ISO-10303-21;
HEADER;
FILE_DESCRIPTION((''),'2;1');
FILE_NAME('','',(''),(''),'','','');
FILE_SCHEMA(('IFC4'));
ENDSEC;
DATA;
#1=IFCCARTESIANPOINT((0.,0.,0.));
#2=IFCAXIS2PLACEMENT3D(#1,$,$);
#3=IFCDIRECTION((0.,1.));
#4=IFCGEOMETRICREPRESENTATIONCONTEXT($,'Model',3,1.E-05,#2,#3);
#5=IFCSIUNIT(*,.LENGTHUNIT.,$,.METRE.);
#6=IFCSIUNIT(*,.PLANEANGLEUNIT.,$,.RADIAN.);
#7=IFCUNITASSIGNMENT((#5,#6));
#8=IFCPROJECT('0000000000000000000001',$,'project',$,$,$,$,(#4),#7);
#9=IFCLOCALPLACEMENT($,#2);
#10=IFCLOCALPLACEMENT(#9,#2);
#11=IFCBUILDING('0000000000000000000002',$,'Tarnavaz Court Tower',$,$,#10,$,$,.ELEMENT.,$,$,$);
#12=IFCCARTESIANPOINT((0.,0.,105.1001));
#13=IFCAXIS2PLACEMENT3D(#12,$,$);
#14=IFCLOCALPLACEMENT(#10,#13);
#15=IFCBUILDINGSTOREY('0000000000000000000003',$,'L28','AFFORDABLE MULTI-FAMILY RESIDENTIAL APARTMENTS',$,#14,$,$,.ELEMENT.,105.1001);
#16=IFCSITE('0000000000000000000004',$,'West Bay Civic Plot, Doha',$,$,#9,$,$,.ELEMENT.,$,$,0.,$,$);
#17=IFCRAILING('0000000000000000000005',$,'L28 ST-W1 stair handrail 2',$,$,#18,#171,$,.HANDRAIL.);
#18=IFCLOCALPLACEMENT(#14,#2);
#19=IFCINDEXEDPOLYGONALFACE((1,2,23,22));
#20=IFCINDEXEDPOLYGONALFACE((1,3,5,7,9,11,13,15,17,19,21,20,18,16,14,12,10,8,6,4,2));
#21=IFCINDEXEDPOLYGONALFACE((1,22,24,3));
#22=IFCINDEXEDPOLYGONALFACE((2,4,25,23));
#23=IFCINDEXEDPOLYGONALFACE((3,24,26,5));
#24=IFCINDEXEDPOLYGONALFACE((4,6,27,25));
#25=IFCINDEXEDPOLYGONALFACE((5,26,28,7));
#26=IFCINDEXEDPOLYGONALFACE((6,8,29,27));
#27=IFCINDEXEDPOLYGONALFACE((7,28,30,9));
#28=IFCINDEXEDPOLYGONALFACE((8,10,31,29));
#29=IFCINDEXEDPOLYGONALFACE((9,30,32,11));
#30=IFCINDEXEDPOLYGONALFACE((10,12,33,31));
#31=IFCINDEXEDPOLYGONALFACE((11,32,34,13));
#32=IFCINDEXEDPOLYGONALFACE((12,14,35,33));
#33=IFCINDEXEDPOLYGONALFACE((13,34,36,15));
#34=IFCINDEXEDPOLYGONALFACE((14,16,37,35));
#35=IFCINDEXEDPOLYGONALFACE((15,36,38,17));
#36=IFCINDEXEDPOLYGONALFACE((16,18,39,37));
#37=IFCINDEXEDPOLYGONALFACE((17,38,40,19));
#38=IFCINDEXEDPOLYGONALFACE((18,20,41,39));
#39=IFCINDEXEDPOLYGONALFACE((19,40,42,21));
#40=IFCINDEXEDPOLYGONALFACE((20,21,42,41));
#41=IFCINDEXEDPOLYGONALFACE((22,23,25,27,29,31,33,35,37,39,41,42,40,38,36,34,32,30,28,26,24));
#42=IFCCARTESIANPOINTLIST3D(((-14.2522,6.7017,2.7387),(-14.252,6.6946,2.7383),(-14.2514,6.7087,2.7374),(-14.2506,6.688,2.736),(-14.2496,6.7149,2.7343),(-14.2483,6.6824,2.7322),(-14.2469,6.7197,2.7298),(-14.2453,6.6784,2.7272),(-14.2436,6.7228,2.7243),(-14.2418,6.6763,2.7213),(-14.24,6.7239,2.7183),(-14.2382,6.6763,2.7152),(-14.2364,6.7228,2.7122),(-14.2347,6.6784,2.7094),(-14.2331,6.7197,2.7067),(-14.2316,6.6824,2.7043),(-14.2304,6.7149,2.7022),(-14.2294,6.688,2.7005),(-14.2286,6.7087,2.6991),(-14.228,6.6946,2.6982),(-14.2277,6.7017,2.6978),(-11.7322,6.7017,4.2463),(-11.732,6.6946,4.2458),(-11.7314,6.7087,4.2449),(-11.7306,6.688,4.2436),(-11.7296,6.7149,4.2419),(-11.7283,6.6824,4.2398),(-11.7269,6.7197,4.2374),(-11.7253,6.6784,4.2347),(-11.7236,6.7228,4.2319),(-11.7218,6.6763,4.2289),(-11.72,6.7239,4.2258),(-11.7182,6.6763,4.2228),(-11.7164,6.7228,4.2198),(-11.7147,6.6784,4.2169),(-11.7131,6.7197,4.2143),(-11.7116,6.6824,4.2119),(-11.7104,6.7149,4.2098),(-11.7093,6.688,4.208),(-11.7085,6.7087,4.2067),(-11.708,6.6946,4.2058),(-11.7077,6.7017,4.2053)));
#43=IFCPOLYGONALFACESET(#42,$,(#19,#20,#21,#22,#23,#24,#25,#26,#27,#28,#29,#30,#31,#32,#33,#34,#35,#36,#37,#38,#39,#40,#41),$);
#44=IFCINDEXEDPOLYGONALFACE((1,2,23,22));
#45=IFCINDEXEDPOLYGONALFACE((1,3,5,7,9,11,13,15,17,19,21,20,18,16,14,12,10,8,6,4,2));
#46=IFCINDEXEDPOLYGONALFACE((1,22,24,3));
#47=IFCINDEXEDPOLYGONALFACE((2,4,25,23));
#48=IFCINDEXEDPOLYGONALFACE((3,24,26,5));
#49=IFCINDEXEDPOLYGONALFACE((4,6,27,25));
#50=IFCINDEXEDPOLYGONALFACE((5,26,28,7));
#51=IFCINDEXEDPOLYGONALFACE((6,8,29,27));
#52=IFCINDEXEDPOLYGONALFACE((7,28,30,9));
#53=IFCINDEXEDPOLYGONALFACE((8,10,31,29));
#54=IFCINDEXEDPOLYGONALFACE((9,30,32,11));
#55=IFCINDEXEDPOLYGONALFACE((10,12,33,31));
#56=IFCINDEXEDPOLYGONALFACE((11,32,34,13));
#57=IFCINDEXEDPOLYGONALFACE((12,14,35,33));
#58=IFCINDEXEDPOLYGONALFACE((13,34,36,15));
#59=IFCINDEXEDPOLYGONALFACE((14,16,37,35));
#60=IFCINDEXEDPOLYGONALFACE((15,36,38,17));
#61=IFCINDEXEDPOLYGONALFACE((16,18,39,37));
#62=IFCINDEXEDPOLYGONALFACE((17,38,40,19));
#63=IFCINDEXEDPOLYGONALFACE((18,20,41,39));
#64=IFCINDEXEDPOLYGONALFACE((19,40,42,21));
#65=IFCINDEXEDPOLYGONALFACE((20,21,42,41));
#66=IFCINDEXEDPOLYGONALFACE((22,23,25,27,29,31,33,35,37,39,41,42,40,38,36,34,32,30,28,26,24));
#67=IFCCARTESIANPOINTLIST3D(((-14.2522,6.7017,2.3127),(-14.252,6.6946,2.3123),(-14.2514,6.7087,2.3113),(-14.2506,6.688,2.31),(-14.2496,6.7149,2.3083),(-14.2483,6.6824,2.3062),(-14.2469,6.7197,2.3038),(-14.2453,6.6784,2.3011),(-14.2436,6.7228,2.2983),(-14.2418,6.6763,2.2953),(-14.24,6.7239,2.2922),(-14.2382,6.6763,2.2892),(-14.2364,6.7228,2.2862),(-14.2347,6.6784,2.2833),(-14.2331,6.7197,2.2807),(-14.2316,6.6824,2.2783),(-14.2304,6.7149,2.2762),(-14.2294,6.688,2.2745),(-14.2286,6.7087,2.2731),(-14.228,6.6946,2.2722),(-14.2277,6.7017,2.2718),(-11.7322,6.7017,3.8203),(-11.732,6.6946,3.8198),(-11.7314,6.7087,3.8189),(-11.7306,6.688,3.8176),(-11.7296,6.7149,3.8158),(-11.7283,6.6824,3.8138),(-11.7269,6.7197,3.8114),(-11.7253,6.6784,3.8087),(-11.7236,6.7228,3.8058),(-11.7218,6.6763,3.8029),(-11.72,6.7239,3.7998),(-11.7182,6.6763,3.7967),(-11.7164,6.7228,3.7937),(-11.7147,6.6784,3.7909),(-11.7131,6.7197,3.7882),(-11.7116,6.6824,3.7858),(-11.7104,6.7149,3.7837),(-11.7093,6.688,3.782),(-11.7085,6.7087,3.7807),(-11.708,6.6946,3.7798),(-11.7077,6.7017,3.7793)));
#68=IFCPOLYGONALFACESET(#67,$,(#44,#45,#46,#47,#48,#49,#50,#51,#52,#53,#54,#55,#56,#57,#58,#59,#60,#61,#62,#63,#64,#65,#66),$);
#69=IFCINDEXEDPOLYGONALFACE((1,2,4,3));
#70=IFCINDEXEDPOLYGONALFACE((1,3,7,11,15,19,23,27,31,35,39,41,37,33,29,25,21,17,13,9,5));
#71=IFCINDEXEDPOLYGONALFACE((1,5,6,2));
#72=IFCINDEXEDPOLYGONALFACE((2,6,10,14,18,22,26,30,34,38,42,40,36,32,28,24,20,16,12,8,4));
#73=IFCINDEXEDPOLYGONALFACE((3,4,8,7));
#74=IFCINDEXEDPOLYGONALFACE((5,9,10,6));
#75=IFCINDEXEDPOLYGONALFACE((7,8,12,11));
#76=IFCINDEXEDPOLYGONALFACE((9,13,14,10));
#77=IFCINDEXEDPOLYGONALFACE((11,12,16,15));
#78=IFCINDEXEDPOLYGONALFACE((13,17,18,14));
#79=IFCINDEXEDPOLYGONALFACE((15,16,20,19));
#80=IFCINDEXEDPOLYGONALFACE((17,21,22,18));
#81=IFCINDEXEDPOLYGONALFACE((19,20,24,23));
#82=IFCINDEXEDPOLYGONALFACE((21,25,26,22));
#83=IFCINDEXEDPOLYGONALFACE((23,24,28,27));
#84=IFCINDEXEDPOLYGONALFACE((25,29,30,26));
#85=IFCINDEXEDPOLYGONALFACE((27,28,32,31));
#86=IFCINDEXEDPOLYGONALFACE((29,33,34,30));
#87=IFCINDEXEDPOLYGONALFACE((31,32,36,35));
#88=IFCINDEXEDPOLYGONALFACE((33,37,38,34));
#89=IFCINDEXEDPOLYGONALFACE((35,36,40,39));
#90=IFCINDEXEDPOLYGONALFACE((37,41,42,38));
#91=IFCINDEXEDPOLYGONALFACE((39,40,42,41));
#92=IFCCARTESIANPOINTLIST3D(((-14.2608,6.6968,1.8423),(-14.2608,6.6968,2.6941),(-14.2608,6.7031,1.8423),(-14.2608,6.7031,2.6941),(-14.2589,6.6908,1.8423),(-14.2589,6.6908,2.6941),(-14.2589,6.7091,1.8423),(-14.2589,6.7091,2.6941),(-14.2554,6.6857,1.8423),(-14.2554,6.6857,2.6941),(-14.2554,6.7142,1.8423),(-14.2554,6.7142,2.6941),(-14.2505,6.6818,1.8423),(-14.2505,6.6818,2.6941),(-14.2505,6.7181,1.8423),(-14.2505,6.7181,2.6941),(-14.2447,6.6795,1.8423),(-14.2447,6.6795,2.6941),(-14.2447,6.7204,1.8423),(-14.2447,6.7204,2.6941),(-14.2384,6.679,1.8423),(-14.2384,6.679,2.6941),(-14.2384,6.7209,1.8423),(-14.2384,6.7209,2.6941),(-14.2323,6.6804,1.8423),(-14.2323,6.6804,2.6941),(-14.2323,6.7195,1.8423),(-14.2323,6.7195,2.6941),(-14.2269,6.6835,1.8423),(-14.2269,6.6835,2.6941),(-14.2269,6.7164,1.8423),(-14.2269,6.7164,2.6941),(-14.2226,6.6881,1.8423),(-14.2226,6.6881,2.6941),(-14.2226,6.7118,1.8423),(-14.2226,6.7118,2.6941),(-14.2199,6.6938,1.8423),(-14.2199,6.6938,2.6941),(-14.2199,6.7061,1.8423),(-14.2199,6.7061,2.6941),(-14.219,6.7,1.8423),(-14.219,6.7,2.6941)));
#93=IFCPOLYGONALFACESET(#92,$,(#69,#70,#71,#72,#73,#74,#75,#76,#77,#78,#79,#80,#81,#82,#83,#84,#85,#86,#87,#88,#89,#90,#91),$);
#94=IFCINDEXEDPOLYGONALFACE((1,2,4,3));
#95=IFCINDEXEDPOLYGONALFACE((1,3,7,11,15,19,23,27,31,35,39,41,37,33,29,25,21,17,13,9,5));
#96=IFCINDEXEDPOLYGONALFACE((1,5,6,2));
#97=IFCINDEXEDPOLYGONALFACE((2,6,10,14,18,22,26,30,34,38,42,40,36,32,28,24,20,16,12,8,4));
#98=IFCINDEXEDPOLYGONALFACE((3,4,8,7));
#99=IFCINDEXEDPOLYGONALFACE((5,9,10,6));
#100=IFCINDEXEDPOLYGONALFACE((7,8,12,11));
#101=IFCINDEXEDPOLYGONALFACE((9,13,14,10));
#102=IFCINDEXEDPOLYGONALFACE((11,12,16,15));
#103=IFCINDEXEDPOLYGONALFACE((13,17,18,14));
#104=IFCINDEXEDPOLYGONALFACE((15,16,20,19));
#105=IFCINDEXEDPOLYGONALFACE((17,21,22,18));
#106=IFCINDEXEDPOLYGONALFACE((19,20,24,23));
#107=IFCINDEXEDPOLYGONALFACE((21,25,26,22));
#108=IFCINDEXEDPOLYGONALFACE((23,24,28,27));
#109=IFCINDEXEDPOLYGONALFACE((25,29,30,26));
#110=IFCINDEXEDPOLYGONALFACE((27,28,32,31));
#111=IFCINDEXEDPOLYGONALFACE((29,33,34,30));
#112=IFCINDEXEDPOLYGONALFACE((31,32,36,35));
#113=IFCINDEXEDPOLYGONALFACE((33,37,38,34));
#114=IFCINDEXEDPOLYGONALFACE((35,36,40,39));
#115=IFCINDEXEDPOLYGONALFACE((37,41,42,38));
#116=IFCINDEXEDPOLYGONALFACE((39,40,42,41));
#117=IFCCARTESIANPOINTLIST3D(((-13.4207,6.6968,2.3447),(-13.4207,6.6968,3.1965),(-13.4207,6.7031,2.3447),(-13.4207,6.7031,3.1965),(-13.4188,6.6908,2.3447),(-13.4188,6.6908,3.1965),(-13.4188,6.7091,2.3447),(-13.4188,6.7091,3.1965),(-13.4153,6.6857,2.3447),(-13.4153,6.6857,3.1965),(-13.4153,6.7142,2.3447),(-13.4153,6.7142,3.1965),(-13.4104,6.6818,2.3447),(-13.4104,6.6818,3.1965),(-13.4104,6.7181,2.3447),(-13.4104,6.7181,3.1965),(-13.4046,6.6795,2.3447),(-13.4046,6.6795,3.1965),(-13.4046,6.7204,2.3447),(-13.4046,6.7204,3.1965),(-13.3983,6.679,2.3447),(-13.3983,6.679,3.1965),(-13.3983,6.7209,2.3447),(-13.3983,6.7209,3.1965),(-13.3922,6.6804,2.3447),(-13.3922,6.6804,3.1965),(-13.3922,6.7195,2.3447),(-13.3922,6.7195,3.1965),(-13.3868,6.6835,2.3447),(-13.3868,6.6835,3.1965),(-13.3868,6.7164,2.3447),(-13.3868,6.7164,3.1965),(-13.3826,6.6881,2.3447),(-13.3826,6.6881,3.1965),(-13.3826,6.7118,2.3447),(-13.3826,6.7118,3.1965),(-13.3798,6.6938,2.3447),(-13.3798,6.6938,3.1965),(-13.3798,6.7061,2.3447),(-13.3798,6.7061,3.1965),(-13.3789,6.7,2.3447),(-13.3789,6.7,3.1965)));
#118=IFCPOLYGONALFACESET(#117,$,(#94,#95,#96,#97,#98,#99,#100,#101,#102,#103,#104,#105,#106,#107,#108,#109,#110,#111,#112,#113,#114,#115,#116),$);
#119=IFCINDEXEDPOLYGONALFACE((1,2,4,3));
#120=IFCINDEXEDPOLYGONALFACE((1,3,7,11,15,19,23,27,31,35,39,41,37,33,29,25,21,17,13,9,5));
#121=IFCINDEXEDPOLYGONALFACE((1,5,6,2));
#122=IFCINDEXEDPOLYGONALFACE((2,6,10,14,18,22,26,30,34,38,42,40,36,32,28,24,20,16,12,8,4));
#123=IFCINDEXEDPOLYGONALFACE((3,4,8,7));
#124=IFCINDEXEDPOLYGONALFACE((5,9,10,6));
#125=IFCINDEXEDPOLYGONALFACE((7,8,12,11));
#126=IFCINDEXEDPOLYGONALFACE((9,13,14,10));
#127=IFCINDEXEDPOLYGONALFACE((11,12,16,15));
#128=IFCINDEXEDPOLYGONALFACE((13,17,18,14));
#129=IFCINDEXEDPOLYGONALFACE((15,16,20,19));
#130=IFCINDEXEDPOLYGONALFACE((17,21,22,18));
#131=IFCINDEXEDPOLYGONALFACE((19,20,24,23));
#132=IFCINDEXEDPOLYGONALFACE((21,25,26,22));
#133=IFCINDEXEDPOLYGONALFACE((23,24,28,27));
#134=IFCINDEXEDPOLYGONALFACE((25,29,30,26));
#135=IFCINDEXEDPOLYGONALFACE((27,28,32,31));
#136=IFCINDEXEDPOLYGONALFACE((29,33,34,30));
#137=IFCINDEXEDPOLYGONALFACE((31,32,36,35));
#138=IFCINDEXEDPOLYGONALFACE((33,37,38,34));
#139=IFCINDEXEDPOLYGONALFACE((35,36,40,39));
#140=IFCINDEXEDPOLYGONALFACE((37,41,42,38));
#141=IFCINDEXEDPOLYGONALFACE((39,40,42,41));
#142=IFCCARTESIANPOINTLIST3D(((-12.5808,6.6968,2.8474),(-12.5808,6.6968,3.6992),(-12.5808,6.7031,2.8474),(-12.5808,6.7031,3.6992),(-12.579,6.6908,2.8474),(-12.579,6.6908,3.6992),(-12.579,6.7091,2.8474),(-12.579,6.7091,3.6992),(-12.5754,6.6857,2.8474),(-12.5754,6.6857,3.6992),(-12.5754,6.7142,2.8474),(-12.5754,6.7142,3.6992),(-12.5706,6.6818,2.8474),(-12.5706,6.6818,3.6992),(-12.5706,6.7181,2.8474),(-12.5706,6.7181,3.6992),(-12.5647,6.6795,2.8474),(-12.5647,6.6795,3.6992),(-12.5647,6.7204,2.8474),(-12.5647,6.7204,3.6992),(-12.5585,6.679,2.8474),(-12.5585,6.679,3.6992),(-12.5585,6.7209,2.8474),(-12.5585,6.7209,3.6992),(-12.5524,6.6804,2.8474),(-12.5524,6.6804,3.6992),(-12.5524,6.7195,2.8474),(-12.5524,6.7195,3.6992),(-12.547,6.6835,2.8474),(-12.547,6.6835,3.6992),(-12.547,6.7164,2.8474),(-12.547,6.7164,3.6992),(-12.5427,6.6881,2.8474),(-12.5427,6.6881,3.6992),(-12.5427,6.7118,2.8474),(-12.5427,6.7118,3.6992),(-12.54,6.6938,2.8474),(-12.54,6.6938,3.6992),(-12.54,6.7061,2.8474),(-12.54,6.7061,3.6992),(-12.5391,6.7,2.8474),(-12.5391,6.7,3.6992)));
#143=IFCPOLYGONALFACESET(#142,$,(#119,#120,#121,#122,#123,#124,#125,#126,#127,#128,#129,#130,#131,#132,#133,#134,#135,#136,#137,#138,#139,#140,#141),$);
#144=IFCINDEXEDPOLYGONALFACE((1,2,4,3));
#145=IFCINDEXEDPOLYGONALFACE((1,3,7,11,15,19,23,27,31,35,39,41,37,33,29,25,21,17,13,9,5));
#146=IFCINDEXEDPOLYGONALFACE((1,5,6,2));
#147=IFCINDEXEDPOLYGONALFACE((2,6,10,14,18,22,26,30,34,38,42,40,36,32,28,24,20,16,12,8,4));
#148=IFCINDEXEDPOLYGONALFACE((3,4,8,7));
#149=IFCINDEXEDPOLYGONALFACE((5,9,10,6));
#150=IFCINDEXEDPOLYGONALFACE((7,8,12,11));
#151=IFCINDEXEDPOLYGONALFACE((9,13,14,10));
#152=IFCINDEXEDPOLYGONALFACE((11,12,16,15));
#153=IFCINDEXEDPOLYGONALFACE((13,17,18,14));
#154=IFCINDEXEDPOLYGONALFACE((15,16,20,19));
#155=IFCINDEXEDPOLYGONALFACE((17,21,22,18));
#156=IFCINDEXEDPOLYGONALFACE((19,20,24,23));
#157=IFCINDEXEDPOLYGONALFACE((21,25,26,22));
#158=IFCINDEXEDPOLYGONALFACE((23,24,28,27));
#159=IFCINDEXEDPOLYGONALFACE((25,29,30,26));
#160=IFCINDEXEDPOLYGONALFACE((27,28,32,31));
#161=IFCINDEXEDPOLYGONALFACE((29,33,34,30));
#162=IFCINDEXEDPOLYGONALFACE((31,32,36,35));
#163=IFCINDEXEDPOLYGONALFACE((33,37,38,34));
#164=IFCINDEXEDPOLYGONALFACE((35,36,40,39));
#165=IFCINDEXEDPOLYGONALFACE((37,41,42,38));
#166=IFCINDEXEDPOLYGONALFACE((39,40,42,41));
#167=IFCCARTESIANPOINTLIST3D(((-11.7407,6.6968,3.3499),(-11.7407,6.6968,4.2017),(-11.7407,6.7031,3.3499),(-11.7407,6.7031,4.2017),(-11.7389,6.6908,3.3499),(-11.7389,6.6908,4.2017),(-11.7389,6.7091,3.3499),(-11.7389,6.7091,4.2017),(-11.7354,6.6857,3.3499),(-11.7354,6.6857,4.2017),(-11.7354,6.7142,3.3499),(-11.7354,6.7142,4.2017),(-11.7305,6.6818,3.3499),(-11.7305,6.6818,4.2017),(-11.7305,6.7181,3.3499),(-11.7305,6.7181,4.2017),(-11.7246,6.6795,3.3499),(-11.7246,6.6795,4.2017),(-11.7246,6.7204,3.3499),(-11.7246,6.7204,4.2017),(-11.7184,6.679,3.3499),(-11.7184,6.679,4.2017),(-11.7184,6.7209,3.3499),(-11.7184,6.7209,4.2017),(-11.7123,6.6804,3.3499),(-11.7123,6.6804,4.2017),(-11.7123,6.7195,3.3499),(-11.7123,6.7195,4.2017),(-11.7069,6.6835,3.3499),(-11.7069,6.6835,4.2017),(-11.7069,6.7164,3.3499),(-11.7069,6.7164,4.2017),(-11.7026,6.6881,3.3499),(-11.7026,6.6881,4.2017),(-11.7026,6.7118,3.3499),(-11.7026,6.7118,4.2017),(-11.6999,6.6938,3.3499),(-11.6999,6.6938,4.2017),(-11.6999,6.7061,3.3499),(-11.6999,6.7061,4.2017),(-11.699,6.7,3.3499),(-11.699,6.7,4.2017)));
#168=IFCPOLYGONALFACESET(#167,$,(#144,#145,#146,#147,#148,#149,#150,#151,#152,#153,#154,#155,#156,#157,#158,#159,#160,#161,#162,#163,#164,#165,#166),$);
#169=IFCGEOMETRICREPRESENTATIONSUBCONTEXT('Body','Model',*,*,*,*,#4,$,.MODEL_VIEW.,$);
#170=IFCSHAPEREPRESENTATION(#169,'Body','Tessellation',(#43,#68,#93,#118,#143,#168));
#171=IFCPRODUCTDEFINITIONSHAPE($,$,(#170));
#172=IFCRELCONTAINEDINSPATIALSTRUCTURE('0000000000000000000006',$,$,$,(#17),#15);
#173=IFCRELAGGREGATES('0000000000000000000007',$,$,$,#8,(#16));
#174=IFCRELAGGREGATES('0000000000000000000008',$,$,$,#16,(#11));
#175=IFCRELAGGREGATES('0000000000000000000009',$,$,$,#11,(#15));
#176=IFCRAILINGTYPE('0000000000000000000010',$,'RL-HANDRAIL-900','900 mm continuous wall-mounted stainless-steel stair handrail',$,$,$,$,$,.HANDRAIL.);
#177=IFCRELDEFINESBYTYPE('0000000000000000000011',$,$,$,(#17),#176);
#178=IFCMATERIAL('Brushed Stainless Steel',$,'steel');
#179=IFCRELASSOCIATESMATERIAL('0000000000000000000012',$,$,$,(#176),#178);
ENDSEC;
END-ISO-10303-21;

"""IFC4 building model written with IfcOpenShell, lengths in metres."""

from ifc_helpers import new_model, si_unit, direction, frame, origin, origin_2d, place, context, subcontext, project, spatial, circle, extrude, material, type_object, element, save


model = new_model("IFC4")

# Units and contexts
model_context = context("Model", 3, precision=1e-05, world=origin(), true_north=direction((0.0, 1.0)))
body_context = subcontext(model_context, "Body", "Model", "MODEL_VIEW")
ifc_project = project(units=[si_unit("LENGTHUNIT", "METRE"), si_unit("PLANEANGLEUNIT", "RADIAN")], contexts=[model_context])

# Site, building, storey
site_placement = place(None, origin())
site = spatial("IfcSite", under=ifc_project, at=site_placement, Name="West Bay Civic Plot, Doha", CompositionType="ELEMENT", RefElevation=0.0)
building_placement = place(site_placement, origin())
building = spatial("IfcBuilding", under=site, at=building_placement, Name="Tarnavaz Court Tower", CompositionType="ELEMENT")
storey_placement = place(building_placement, frame((0.0, 0.0, 105.1001)))
storey = spatial("IfcBuildingStorey", under=building, at=storey_placement, Name="L28", Description="AFFORDABLE MULTI-FAMILY RESIDENTIAL APARTMENTS", CompositionType="ELEMENT", Elevation=105.1001)

# Railing
ifc_material_1 = material(Name="Brushed Stainless Steel", Category="steel")
railing_type_1 = type_object("IfcRailingType", Name="RL-HANDRAIL-900", Description="900 mm continuous wall-mounted stainless-steel stair handrail", PredefinedType="HANDRAIL", material=ifc_material_1)
railing_1_placement = place(storey_placement, frame((-14.24, 6.7, 1.8423)))
element("IfcRailing", 1, at=railing_1_placement, inside=storey, type_object=railing_type_1, Name="L28 ST-W1 stair handrail 2", PredefinedType="HANDRAIL", context=body_context, shape_type="SweptSolid", body=[
    extrude(circle(Radius=0.0239, at=origin_2d()), frame((0.0, 0.0, 0.876), z_axis=(0.85816, 0.0, 0.513383), x_axis=(0.0, 1.0, 0.0)), (0.0, 0.0, 1.0), 2.9365),
    extrude(circle(Radius=0.0239, at=origin_2d()), frame((0.0, 0.0, 0.45), z_axis=(0.85816, 0.0, 0.513383), x_axis=(0.0, 1.0, 0.0)), (0.0, 0.0, 1.0), 2.9365),
    extrude(circle(Radius=0.021, at=origin_2d()), origin(), (0.0, 0.0, 1.0), 0.8518),
    extrude(circle(Radius=0.021, at=origin_2d()), frame((0.8401, 0.0, 0.5024)), (0.0, 0.0, 1.0), 0.8518),
    extrude(circle(Radius=0.021, at=origin_2d()), frame((1.6799, 0.0, 1.0051)), (0.0, 0.0, 1.0), 0.8518),
    extrude(circle(Radius=0.021, at=origin_2d()), frame((2.52, 0.0, 1.5076)), (0.0, 0.0, 1.0), 0.8518),
])

save(model, "model.ifc")
